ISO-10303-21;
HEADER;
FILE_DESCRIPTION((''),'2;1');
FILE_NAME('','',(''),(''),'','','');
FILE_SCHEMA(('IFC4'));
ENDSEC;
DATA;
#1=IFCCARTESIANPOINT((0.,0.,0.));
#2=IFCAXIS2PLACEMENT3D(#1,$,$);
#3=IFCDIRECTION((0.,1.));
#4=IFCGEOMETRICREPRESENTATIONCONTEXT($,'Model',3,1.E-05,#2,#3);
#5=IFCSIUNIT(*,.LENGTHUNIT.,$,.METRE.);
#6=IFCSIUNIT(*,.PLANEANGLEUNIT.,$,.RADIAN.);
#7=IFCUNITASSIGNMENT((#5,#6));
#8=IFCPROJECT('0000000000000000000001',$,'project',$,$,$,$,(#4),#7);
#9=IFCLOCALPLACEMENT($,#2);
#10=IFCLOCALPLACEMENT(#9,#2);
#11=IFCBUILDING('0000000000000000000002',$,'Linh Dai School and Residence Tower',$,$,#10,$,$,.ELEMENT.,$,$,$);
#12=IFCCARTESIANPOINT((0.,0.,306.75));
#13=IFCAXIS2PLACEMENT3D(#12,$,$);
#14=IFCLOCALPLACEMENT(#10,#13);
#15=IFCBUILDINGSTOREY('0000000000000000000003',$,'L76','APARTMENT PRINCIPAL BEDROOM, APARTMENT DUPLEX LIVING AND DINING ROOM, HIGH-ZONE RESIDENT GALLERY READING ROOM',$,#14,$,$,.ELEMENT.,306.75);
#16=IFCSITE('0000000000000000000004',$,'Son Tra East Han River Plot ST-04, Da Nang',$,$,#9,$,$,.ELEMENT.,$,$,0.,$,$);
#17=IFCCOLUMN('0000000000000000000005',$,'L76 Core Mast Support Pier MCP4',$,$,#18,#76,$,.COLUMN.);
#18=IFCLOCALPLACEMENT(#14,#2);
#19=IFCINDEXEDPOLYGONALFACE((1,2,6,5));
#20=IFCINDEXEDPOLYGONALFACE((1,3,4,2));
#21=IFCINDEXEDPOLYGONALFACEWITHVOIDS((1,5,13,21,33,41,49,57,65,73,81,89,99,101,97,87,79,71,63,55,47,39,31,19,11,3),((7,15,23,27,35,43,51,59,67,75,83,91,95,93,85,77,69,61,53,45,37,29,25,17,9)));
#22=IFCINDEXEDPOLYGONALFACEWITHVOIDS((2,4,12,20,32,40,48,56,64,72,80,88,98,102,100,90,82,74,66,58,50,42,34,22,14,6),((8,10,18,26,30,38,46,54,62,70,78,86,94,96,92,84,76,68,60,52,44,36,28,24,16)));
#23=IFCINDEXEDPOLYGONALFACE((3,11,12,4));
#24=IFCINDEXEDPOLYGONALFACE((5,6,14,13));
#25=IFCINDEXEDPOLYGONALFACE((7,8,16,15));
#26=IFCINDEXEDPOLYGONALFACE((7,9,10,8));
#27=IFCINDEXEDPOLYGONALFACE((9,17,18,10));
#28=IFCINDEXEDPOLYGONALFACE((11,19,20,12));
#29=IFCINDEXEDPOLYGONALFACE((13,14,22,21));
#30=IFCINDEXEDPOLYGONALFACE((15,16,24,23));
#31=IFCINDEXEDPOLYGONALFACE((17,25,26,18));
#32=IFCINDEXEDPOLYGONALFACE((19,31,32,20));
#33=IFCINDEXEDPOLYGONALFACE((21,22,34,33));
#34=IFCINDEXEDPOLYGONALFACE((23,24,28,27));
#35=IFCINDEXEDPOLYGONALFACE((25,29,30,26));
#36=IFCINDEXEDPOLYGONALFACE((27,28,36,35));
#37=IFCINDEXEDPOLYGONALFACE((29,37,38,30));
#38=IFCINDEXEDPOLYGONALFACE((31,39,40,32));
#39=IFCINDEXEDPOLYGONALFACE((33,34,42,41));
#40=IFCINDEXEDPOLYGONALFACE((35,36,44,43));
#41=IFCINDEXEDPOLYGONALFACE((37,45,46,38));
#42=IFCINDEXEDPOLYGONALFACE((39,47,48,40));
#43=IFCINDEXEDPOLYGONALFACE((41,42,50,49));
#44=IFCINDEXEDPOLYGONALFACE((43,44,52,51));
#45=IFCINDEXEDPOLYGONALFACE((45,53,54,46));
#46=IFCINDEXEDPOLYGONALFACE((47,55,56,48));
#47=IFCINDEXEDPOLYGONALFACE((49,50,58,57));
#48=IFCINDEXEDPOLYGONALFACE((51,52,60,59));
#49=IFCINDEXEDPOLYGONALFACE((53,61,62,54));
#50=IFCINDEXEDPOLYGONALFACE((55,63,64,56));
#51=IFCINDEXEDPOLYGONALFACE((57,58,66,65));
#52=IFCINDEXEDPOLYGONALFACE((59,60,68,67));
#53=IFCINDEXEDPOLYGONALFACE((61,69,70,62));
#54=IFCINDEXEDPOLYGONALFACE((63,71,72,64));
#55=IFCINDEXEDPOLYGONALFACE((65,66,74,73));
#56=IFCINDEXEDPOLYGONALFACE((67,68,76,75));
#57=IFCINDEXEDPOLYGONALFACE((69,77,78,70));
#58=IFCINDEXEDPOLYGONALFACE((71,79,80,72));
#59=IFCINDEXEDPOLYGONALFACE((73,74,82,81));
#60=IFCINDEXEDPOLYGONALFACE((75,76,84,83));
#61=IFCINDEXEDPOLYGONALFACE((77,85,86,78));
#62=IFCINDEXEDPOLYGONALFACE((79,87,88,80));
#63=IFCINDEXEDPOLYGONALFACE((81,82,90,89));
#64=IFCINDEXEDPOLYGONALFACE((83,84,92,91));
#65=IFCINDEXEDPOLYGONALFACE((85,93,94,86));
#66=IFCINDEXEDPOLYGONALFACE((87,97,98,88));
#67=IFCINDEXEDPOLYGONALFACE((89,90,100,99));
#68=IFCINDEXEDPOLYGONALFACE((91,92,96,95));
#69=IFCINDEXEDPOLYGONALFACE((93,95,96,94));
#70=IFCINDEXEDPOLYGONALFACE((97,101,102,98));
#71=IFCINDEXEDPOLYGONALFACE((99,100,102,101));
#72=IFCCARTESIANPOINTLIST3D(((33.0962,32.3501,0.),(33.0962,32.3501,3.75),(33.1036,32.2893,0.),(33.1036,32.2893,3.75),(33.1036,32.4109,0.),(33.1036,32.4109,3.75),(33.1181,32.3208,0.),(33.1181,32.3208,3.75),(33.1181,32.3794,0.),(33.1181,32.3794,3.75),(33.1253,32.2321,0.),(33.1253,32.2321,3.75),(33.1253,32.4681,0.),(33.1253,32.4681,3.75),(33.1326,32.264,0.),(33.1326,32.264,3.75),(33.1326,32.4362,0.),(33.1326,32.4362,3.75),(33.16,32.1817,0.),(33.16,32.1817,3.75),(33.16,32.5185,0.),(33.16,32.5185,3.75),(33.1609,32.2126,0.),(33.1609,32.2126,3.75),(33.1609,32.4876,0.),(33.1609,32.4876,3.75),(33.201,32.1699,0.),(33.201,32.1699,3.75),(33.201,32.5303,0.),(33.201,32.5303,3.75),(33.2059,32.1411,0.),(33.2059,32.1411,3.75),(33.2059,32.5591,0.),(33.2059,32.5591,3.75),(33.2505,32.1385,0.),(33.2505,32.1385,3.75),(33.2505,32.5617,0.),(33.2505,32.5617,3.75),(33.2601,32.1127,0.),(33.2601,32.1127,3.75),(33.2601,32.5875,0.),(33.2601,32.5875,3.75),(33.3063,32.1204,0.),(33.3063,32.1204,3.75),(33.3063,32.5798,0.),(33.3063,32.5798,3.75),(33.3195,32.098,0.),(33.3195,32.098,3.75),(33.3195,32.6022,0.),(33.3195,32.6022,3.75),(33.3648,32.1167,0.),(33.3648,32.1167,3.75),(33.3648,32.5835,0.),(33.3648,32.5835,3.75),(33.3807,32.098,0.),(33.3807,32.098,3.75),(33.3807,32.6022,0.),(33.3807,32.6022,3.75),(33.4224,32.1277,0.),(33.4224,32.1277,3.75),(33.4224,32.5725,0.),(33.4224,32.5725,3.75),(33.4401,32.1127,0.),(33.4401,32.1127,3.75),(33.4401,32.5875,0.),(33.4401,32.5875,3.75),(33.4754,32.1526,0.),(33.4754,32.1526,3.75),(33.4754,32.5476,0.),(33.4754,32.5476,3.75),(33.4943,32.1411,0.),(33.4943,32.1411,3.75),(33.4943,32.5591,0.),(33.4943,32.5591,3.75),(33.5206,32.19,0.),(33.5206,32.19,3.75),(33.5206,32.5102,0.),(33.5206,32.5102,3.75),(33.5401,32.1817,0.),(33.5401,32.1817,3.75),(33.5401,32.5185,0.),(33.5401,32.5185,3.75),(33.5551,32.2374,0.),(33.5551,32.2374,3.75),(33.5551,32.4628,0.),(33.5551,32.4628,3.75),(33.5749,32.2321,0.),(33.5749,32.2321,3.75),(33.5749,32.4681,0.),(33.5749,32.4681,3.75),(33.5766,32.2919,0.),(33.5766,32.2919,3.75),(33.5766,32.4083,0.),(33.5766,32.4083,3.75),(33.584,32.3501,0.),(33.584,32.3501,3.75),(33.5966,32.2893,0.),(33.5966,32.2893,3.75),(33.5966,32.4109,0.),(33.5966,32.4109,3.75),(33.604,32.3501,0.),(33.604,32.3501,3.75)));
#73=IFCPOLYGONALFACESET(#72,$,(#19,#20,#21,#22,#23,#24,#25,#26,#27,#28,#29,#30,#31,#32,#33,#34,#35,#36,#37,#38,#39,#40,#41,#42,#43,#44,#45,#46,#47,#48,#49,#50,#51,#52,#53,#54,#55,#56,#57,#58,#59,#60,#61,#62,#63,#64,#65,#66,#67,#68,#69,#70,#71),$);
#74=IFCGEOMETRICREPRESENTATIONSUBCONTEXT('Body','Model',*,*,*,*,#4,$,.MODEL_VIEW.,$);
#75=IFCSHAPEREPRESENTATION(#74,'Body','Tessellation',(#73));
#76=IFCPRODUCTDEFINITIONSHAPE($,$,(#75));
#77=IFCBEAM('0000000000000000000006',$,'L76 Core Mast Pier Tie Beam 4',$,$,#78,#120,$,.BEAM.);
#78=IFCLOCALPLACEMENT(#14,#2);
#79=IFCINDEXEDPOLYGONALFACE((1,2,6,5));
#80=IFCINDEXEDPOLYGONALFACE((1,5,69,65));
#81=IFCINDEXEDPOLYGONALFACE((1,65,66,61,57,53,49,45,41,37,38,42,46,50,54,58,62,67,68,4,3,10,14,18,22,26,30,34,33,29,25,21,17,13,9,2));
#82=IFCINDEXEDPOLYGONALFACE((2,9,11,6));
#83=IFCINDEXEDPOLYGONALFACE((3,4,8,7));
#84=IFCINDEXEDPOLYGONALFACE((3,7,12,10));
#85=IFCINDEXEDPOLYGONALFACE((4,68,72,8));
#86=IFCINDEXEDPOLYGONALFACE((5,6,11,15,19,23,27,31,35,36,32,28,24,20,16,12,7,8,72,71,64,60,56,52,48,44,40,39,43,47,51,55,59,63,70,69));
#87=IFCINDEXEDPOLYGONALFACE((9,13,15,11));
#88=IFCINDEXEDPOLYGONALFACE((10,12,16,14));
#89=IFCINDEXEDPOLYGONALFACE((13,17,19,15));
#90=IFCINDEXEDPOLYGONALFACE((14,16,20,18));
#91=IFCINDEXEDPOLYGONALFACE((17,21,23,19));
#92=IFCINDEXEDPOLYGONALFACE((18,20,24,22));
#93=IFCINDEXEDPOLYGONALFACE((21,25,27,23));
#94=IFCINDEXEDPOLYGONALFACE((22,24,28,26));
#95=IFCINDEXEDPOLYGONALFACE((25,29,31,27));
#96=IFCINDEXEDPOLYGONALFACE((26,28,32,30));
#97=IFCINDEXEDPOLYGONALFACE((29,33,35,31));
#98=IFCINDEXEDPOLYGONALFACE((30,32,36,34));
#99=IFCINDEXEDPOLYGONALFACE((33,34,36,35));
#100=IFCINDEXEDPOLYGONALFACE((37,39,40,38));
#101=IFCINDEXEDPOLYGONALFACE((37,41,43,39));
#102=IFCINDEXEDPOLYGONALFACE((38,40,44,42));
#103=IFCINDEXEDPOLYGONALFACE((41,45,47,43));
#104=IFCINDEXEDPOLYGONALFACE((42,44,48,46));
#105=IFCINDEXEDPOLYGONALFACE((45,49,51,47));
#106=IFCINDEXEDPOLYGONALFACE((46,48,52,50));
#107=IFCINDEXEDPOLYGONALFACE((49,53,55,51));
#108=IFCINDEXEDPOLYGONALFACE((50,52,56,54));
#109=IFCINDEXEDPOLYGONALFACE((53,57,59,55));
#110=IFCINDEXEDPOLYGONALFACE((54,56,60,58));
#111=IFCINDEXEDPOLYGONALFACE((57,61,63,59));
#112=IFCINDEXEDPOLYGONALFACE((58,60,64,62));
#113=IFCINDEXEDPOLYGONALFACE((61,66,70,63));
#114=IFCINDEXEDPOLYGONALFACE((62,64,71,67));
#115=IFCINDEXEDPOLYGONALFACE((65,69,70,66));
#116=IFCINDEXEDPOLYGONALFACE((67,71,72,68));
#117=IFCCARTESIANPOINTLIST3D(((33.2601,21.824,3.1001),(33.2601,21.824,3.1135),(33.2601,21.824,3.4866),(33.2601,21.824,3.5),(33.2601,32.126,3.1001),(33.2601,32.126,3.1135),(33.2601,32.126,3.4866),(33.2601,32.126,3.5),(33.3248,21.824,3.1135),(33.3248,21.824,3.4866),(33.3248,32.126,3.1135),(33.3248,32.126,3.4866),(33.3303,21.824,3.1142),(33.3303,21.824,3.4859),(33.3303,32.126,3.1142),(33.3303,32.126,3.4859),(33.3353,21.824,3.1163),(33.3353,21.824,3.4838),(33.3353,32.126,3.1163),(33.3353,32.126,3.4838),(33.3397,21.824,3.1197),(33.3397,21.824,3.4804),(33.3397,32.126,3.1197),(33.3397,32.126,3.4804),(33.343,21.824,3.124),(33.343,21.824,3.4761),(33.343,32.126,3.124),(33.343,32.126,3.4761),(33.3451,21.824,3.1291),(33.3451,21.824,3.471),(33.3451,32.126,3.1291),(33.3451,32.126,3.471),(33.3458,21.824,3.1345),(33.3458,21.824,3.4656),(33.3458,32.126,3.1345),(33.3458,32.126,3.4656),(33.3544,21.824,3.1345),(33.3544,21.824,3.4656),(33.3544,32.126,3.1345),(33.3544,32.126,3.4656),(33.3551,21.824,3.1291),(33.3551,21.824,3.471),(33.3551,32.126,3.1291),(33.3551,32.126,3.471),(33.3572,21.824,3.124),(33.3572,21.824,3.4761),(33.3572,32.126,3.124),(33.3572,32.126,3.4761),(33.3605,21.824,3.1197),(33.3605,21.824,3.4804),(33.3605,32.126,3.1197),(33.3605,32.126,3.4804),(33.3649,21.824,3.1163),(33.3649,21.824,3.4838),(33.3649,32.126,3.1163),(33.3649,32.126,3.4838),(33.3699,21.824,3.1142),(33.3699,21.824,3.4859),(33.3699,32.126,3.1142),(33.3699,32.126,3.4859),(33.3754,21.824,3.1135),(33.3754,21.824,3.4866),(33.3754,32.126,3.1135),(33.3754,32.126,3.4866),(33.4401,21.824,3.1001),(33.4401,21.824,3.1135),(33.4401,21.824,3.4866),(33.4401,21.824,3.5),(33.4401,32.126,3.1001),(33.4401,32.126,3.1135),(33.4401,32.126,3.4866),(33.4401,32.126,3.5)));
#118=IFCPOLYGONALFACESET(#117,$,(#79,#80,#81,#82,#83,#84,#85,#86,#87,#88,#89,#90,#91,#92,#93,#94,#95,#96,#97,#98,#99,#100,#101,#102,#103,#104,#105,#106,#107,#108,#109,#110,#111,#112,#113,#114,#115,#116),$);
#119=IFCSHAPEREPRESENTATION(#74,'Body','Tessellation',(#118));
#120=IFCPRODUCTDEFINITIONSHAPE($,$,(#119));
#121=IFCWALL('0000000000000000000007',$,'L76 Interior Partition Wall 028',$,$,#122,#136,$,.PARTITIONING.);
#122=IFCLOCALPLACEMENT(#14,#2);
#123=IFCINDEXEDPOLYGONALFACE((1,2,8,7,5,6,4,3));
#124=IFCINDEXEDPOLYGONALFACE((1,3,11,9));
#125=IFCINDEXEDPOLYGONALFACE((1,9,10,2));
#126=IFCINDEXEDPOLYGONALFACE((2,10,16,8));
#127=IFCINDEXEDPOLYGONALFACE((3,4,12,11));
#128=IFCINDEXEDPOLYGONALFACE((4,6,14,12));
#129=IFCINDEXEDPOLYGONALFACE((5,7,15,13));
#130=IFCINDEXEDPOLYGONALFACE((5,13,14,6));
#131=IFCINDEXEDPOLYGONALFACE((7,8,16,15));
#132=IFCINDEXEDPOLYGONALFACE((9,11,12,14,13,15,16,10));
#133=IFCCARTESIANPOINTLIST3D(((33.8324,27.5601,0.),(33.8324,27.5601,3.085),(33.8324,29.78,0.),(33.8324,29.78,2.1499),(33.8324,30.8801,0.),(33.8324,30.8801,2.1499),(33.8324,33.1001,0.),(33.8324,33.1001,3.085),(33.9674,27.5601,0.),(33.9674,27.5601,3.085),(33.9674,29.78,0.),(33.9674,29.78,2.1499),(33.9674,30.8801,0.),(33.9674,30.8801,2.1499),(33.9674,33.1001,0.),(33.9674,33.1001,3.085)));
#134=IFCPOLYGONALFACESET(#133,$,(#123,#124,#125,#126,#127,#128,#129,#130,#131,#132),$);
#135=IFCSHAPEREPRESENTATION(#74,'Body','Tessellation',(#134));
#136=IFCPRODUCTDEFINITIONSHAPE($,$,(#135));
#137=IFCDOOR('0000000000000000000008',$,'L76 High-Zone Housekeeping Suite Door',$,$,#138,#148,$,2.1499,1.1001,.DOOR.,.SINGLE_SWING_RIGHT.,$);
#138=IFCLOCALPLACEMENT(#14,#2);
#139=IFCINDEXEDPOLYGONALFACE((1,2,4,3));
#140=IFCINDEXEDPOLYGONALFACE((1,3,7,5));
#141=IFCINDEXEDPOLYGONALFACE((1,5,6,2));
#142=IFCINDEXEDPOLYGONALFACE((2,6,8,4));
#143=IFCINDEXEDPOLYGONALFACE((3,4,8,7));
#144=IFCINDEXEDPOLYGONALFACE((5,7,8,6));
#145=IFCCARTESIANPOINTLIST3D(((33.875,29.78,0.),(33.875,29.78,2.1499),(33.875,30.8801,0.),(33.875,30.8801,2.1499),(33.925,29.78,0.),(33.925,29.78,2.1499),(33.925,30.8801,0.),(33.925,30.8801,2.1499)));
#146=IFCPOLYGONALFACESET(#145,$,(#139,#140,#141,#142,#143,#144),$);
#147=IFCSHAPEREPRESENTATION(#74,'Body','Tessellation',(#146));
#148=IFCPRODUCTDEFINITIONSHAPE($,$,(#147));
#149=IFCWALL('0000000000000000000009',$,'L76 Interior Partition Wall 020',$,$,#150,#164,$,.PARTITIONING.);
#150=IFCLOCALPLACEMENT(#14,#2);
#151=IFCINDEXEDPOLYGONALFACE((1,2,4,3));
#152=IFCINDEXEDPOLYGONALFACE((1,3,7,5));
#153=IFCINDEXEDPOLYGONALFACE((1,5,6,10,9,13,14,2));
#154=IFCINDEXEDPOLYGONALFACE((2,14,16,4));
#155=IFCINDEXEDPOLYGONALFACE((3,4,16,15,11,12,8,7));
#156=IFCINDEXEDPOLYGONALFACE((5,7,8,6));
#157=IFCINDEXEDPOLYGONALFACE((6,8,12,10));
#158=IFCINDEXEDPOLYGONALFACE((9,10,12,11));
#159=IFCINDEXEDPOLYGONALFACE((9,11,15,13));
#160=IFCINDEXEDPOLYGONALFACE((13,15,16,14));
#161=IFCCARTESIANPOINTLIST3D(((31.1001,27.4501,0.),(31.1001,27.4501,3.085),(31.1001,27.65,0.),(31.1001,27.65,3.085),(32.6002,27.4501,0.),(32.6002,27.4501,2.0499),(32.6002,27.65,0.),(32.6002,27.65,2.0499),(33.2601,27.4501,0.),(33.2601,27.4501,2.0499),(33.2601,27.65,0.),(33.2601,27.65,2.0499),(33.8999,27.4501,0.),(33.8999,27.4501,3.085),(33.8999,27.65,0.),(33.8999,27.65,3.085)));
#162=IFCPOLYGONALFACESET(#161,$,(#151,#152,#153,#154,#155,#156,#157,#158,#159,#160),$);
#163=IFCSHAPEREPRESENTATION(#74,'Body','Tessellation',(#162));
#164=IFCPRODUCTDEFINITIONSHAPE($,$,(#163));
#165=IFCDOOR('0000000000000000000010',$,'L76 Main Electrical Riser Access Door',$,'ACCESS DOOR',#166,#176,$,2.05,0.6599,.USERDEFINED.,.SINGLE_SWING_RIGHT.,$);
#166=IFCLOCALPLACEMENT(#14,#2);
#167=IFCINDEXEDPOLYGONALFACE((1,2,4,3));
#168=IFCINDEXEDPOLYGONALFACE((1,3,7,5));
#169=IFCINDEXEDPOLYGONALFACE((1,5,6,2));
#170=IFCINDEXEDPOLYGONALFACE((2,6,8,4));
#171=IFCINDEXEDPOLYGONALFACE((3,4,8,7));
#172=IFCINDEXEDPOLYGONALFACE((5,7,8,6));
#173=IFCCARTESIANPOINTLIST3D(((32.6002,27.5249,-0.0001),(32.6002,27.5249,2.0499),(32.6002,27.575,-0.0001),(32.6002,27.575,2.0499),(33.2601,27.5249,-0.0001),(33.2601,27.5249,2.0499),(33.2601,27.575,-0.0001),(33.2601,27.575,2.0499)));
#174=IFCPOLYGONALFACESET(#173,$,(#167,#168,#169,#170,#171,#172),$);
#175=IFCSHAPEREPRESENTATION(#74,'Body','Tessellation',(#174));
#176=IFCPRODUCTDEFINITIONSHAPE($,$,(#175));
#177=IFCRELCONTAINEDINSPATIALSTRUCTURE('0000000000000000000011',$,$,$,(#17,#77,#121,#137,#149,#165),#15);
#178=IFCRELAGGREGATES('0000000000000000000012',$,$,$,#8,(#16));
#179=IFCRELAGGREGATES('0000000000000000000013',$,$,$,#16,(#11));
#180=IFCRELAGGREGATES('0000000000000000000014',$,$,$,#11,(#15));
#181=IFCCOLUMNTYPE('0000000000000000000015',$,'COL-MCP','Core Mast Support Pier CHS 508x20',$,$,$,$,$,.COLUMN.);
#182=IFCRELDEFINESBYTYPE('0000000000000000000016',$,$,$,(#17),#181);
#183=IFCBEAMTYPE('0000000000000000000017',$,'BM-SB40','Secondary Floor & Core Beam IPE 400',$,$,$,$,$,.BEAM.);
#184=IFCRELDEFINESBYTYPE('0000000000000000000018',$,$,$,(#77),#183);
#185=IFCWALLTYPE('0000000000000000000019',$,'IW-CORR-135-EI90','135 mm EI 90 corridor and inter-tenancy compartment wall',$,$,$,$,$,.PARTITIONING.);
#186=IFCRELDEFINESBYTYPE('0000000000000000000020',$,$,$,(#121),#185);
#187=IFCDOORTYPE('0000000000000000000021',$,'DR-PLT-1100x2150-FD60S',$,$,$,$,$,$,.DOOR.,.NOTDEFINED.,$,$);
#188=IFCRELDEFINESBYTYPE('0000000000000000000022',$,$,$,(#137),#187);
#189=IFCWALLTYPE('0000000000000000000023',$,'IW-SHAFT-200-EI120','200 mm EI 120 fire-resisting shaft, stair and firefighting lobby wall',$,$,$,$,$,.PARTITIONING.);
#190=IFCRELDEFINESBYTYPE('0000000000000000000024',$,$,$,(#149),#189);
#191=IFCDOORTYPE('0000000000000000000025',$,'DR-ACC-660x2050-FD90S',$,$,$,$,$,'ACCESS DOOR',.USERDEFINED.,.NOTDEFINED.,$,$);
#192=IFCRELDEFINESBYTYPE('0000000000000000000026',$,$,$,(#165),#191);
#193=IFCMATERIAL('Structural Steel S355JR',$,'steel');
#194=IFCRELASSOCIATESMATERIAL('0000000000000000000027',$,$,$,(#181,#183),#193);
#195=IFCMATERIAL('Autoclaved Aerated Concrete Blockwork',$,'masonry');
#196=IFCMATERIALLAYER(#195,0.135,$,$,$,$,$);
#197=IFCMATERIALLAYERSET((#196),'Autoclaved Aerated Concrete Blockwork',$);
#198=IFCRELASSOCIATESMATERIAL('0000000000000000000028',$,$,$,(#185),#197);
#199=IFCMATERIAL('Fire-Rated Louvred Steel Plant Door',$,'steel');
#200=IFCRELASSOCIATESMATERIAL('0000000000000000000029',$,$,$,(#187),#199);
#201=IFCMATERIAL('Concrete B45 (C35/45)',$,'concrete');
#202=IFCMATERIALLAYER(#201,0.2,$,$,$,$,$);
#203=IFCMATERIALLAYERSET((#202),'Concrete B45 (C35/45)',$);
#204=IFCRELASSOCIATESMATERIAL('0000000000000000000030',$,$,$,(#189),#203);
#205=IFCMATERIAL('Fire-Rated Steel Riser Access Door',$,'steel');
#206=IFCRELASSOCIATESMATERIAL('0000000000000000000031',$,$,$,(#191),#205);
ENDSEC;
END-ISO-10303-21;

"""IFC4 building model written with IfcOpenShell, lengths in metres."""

from ifc_helpers import new_model, si_unit, direction, frame, frame_2d, origin, origin_2d, place, context, subcontext, project, spatial, rectangle, hollow_circle, i_section, extrude, source, transform, mapped, material, layer, layer_set, material_profile, profile_set, type_object, element, fill, save


model = new_model("IFC4")

# Units and contexts
model_context = context("Model", 3, precision=1e-05, world=origin(), true_north=direction((0.0, 1.0)))
body_context = subcontext(model_context, "Body", "Model", "MODEL_VIEW")
ifc_project = project(units=[si_unit("LENGTHUNIT", "METRE"), si_unit("PLANEANGLEUNIT", "RADIAN")], contexts=[model_context])

# Site, building, storey
site_placement = place(None, origin())
site = spatial("IfcSite", under=ifc_project, at=site_placement, Name="Son Tra East Han River Plot ST-04, Da Nang", CompositionType="ELEMENT", RefElevation=0.0)
building_placement = place(site_placement, origin())
building = spatial("IfcBuilding", under=site, at=building_placement, Name="Linh Dai School and Residence Tower", CompositionType="ELEMENT")
storey_placement = place(building_placement, frame((0.0, 0.0, 306.75)))
storey = spatial("IfcBuildingStorey", under=building, at=storey_placement, Name="L76", Description="APARTMENT PRINCIPAL BEDROOM, APARTMENT DUPLEX LIVING AND DINING ROOM, HIGH-ZONE RESIDENT GALLERY READING ROOM", CompositionType="ELEMENT", Elevation=306.75)

# Column
ifc_material_1 = material(Name="Structural Steel S355JR", Category="steel")
ifc_material_profile_1 = material_profile(ifc_material_1, hollow_circle(Radius=0.2539, WallThickness=0.02, at=origin_2d()), Name="CHS 508x20")
ifc_profile_set_1 = profile_set([ifc_material_profile_1], Name="Structural Steel S355JR")
column_type = type_object("IfcColumnType", Name="COL-MCP", Description="Core Mast Support Pier CHS 508x20", PredefinedType="COLUMN", material=ifc_profile_set_1)
column_placement = place(storey_placement, frame((33.3501, 32.3501, 0.0), z_axis=(0.0, 0.0, 1.0), x_axis=(1.0, 0.0, 0.0)))
element("IfcColumn", 1, at=column_placement, inside=storey, type_object=column_type, Name="L76 Core Mast Support Pier MCP4", PredefinedType="COLUMN", context=body_context, shape_type="SweptSolid", body=[
    extrude(hollow_circle(Radius=0.2539, WallThickness=0.02, at=origin_2d()), origin(), (0.0, 0.0, 1.0), 3.75),
])

# Beam
ifc_material_profile_2 = material_profile(ifc_material_1, i_section(OverallWidth=0.1799, OverallDepth=0.3999, WebThickness=0.0085, FlangeThickness=0.0134, FilletRadius=0.021, at=origin_2d()), Name="IPE 400")
ifc_profile_set_2 = profile_set([ifc_material_profile_2], Name="Structural Steel S355JR")
beam_type = type_object("IfcBeamType", Name="BM-SB40", Description="Secondary Floor & Core Beam IPE 400", PredefinedType="BEAM", material=ifc_profile_set_2)
beam_placement = place(storey_placement, frame((33.3501, 32.126, 3.3), z_axis=(0.0, -1.0, 0.0), x_axis=(1.0, 0.0, 0.0)))
element("IfcBeam", 2, at=beam_placement, inside=storey, type_object=beam_type, Name="L76 Core Mast Pier Tie Beam 4", PredefinedType="BEAM", context=body_context, shape_type="SweptSolid", body=[
    extrude(i_section(OverallWidth=0.1799, OverallDepth=0.3999, WebThickness=0.0085, FlangeThickness=0.0134, FilletRadius=0.021, at=origin_2d()), origin(), (0.0, 0.0, 1.0), 10.302),
])

# Walls, openings, doors
ifc_material_2 = material(Name="Autoclaved Aerated Concrete Blockwork", Category="masonry")
ifc_layer_1 = layer(ifc_material_2, 0.135)
ifc_layer_set_1 = layer_set([ifc_layer_1], Name="Autoclaved Aerated Concrete Blockwork")
wall_type_1 = type_object("IfcWallType", Name="IW-CORR-135-EI90", Description="135 mm EI 90 corridor and inter-tenancy compartment wall", PredefinedType="PARTITIONING", material=ifc_layer_set_1)
wall_1_placement = place(storey_placement, frame((33.8999, 27.5601, 0.0), z_axis=(0.0, 0.0, 1.0), x_axis=(0.0, 1.0, 0.0)))
wall_1 = element("IfcWall", 3, at=wall_1_placement, inside=storey, type_object=wall_type_1, Name="L76 Interior Partition Wall 028", PredefinedType="PARTITIONING", context=body_context, shape_type="SweptSolid", body=[
    extrude(rectangle(XDim=5.54, YDim=0.135, at=frame_2d((2.77, 0.0))), origin(), (0.0, 0.0, 1.0), 3.085),
])
opening_1_placement = place(wall_1_placement, frame((2.22, 0.0, 0.0)))
opening_1 = element("IfcOpeningElement", 4, at=opening_1_placement, cuts=wall_1, PredefinedType="OPENING", context=body_context, shape_type="SweptSolid", body=[
    extrude(rectangle(XDim=1.1001, YDim=2.1499, at=origin_2d()), frame((0.55, 0.0776, 1.075), z_axis=(0.0, -1.0, 0.0), x_axis=(1.0, 0.0, 0.0)), (0.0, 0.0, 1.0), 0.155),
])
ifc_material_3 = material(Name="Fire-Rated Louvred Steel Plant Door", Category="steel")
door_type_1 = type_object("IfcDoorType", Name="DR-PLT-1100x2150-FD60S", OperationType="NOTDEFINED", PredefinedType="DOOR", material=ifc_material_3)
shared_shape_1 = source(origin(), body_context, "Body", "SweptSolid", [
    extrude(rectangle(XDim=1.1001, YDim=2.1499, at=origin_2d()), frame((0.55, 0.0249, 1.075), z_axis=(0.0, -1.0, 0.0), x_axis=(1.0, 0.0, 0.0)), (0.0, 0.0, 1.0), 0.05),
])
door_1_placement = place(opening_1_placement, origin())
door_1 = element("IfcDoor", 5, at=door_1_placement, inside=storey, type_object=door_type_1, Name="L76 High-Zone Housekeeping Suite Door", OperationType="SINGLE_SWING_RIGHT", OverallHeight=2.1499, OverallWidth=1.1001, PredefinedType="DOOR", context=body_context, shape_type="MappedRepresentation", body=[
    mapped(shared_shape_1, transform((0.0, 0.0, 0.0), x_axis=(1.0, 0.0, 0.0), y_axis=(0.0, 1.0, 0.0), z_axis=(0.0, 0.0, 1.0), scale=1.0)),
])
fill(opening_1, door_1)
ifc_material_4 = material(Name="Concrete B45 (C35/45)", Category="concrete")
ifc_layer_2 = layer(ifc_material_4, 0.2)
ifc_layer_set_2 = layer_set([ifc_layer_2], Name="Concrete B45 (C35/45)")
wall_type_2 = type_object("IfcWallType", Name="IW-SHAFT-200-EI120", Description="200 mm EI 120 fire-resisting shaft, stair and firefighting lobby wall", PredefinedType="PARTITIONING", material=ifc_layer_set_2)
wall_2_placement = place(storey_placement, frame((31.1001, 27.55, 0.0), z_axis=(0.0, 0.0, 1.0), x_axis=(1.0, 0.0, 0.0)))
wall_2 = element("IfcWall", 6, at=wall_2_placement, inside=storey, type_object=wall_type_2, Name="L76 Interior Partition Wall 020", PredefinedType="PARTITIONING", context=body_context, shape_type="SweptSolid", body=[
    extrude(rectangle(XDim=2.7998, YDim=0.2, at=frame_2d((1.3999, 0.0))), origin(), (0.0, 0.0, 1.0), 3.085),
])
opening_2_placement = place(wall_2_placement, frame((1.5, 0.0, 0.0)))
opening_2 = element("IfcOpeningElement", 7, at=opening_2_placement, cuts=wall_2, PredefinedType="OPENING", context=body_context, shape_type="SweptSolid", body=[
    extrude(rectangle(XDim=0.6599, YDim=2.05, at=origin_2d()), frame((0.3301, 0.1099, 1.0249), z_axis=(0.0, -1.0, 0.0), x_axis=(1.0, 0.0, 0.0)), (0.0, 0.0, 1.0), 0.22),
])
ifc_material_5 = material(Name="Fire-Rated Steel Riser Access Door", Category="steel")
door_type_2 = type_object("IfcDoorType", Name="DR-ACC-660x2050-FD90S", ElementType="ACCESS DOOR", OperationType="NOTDEFINED", PredefinedType="USERDEFINED", material=ifc_material_5)
shared_shape_2 = source(origin(), body_context, "Body", "SweptSolid", [
    extrude(rectangle(XDim=0.6599, YDim=2.05, at=origin_2d()), frame((0.3301, 0.0249, 1.0249), z_axis=(0.0, -1.0, 0.0), x_axis=(1.0, 0.0, 0.0)), (0.0, 0.0, 1.0), 0.05),
])
door_2_placement = place(opening_2_placement, origin())
door_2 = element("IfcDoor", 8, at=door_2_placement, inside=storey, type_object=door_type_2, Name="L76 Main Electrical Riser Access Door", ObjectType="ACCESS DOOR", OperationType="SINGLE_SWING_RIGHT", OverallHeight=2.05, OverallWidth=0.6599, PredefinedType="USERDEFINED", context=body_context, shape_type="MappedRepresentation", body=[
    mapped(shared_shape_2, transform((0.0, 0.0, 0.0), x_axis=(1.0, 0.0, 0.0), y_axis=(0.0, 1.0, 0.0), z_axis=(0.0, 0.0, 1.0), scale=1.0)),
])
fill(opening_2, door_2)

save(model, "model.ifc")
